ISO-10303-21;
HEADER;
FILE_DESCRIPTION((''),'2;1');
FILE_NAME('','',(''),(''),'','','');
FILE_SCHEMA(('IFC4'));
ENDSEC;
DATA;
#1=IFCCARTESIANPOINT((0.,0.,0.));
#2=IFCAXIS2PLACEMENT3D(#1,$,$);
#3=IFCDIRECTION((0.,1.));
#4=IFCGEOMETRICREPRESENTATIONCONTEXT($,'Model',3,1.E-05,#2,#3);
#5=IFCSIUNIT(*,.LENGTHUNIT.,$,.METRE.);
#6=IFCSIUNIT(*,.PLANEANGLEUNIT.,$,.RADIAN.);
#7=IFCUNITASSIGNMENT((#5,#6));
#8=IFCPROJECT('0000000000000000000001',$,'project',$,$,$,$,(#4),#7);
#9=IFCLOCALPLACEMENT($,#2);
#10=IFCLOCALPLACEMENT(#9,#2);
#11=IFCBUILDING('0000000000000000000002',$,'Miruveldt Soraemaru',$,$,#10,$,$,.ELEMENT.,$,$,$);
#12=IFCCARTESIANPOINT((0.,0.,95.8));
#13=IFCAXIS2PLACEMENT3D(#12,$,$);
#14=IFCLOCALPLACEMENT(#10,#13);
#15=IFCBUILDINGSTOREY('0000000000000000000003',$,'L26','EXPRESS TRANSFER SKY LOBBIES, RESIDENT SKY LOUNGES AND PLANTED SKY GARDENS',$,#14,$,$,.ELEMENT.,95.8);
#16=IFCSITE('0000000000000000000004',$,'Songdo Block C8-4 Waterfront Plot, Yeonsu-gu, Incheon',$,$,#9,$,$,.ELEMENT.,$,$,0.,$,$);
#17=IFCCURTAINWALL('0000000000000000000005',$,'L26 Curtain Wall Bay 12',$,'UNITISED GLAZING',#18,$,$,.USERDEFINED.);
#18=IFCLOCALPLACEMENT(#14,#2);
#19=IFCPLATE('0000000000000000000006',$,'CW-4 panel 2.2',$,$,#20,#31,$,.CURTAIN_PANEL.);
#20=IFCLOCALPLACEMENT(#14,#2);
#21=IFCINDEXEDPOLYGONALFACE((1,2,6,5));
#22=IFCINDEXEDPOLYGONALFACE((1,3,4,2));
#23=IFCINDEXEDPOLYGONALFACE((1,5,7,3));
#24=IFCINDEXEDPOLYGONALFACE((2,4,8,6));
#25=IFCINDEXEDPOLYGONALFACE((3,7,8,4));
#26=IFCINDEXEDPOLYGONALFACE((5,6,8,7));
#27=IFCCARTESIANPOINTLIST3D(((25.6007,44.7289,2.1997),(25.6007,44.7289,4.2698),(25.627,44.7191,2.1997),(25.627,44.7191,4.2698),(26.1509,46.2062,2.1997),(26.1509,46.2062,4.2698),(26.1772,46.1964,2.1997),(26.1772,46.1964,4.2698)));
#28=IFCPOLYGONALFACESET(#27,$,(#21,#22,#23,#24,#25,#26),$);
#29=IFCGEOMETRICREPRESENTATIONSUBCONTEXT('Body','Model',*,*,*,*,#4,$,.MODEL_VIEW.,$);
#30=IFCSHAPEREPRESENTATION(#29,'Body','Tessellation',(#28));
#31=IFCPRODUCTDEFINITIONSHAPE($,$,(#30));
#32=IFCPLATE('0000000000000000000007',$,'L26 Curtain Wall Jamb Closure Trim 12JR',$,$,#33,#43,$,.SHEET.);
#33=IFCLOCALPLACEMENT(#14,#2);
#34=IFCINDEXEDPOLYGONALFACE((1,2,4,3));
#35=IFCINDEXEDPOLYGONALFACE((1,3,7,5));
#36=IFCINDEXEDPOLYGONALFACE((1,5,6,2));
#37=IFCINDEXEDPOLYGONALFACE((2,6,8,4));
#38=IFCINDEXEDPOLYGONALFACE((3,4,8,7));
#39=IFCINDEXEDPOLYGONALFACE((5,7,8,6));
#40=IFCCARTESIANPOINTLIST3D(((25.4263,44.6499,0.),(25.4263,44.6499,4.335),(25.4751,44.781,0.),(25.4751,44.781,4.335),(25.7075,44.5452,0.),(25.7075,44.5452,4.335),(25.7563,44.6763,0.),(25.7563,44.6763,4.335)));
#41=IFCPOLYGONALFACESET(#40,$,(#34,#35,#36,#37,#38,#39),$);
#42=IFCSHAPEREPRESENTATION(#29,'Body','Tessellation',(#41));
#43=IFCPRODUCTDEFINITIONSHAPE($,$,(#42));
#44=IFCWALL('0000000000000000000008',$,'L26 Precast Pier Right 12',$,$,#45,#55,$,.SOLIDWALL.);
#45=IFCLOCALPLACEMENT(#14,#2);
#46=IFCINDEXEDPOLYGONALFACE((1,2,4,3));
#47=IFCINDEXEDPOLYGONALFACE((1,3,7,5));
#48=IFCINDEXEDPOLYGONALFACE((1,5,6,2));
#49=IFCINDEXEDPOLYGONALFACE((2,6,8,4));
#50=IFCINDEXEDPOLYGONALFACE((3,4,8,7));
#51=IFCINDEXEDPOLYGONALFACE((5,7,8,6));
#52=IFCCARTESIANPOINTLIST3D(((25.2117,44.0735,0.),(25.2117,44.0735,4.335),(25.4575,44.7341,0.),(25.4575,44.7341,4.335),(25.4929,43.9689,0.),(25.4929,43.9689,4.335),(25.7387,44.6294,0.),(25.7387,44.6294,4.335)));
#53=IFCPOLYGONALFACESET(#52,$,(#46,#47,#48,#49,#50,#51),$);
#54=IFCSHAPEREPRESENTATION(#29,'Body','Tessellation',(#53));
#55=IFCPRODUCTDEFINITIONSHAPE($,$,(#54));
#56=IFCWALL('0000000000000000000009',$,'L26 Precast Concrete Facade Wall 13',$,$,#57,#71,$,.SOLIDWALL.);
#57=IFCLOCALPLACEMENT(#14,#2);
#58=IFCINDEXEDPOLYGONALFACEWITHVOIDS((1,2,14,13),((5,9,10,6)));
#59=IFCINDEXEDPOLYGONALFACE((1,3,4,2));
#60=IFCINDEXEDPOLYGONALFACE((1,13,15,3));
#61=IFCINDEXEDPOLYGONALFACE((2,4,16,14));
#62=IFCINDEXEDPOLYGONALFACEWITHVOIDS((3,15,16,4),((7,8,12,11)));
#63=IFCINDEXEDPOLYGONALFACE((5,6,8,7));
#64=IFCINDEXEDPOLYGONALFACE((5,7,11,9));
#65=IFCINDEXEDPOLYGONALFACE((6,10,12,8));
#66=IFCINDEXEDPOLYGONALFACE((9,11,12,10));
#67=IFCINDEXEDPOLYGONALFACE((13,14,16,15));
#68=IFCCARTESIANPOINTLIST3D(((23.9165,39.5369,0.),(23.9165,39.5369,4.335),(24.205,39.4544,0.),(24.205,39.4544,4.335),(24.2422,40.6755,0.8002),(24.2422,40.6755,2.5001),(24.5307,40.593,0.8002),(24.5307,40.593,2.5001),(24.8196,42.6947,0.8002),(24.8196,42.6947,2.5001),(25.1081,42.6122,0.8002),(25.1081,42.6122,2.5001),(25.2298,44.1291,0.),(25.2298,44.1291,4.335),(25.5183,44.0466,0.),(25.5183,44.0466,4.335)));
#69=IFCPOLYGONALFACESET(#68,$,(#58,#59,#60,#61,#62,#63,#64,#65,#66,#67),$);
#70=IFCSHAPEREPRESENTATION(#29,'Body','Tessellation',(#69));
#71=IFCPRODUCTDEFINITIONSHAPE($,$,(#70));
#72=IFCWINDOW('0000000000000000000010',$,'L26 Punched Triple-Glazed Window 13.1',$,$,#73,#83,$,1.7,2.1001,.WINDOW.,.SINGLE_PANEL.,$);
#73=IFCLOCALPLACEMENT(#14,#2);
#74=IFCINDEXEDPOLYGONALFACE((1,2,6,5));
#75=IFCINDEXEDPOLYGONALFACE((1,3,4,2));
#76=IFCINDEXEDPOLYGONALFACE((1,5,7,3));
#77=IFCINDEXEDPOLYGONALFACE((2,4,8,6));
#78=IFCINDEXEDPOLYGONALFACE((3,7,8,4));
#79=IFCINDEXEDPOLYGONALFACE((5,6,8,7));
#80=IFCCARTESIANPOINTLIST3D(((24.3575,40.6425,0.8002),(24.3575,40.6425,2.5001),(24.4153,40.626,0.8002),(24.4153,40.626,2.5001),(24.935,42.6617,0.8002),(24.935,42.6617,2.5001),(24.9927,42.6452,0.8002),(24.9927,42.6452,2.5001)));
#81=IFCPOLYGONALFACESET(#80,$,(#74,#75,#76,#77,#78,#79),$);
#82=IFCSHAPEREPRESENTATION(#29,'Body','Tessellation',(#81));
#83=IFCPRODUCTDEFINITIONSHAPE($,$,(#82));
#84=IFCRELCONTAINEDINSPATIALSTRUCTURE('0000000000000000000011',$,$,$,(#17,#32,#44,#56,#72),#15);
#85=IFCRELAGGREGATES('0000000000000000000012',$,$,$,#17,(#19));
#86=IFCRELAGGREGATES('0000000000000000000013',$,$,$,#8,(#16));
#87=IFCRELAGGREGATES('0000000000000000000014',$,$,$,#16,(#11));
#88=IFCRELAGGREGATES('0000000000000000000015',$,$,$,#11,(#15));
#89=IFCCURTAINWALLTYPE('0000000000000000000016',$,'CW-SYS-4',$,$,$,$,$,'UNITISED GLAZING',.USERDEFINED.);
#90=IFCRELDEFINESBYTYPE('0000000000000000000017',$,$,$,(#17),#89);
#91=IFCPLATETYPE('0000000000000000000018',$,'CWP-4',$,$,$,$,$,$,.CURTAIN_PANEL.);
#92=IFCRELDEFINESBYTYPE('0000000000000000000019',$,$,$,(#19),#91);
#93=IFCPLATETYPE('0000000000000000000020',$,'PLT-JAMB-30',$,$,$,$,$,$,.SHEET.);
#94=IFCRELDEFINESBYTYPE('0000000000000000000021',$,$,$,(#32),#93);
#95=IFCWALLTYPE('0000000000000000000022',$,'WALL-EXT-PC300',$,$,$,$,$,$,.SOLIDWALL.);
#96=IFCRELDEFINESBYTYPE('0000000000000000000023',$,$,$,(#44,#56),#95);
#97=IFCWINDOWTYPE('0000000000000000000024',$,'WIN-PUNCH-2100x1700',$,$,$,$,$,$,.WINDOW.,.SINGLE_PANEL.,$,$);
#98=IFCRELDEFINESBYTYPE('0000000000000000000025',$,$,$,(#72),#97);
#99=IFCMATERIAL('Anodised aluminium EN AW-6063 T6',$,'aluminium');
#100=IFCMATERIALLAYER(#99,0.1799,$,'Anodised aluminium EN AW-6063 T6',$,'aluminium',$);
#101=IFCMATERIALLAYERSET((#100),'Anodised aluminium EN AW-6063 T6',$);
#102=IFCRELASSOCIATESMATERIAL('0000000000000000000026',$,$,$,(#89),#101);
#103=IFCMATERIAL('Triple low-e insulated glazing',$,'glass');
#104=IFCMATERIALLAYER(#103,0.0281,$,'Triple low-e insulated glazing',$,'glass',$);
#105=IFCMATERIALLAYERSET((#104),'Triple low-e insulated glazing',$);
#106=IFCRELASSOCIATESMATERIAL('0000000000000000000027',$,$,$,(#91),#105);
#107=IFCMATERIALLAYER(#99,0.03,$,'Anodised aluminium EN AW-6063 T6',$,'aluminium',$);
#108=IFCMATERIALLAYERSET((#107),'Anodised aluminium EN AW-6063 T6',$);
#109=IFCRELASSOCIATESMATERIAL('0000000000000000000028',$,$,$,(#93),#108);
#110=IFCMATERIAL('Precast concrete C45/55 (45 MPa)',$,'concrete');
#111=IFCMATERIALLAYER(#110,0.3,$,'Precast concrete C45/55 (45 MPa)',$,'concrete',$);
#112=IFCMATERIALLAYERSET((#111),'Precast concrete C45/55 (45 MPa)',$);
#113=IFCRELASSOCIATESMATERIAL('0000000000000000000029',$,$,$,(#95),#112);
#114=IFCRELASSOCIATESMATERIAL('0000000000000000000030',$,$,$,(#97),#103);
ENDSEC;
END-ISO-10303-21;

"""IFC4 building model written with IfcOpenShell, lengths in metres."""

from ifc_helpers import new_model, si_unit, direction, frame, frame_2d, origin, origin_2d, place, context, subcontext, project, spatial, rectangle, extrude, material, layer, layer_set, type_object, element, fill, aggregate, save


model = new_model("IFC4")

# Units and contexts
model_context = context("Model", 3, precision=1e-05, world=origin(), true_north=direction((0.0, 1.0)))
body_context = subcontext(model_context, "Body", "Model", "MODEL_VIEW")
ifc_project = project(units=[si_unit("LENGTHUNIT", "METRE"), si_unit("PLANEANGLEUNIT", "RADIAN")], contexts=[model_context])

# Site, building, storey
site_placement = place(None, origin())
site = spatial("IfcSite", under=ifc_project, at=site_placement, Name="Songdo Block C8-4 Waterfront Plot, Yeonsu-gu, Incheon", CompositionType="ELEMENT", RefElevation=0.0)
building_placement = place(site_placement, origin())
building = spatial("IfcBuilding", under=site, at=building_placement, Name="Miruveldt Soraemaru", CompositionType="ELEMENT")
storey_placement = place(building_placement, frame((0.0, 0.0, 95.8)))
storey = spatial("IfcBuildingStorey", under=building, at=storey_placement, Name="L26", Description="EXPRESS TRANSFER SKY LOBBIES, RESIDENT SKY LOUNGES AND PLANTED SKY GARDENS", CompositionType="ELEMENT", Elevation=95.8)

# Curtain wall, plate
ifc_material_1 = material(Name="Anodised aluminium EN AW-6063 T6", Category="aluminium")
ifc_layer_1 = layer(ifc_material_1, 0.1799, Name="Anodised aluminium EN AW-6063 T6", Category="aluminium")
ifc_layer_set_1 = layer_set([ifc_layer_1], Name="Anodised aluminium EN AW-6063 T6")
curtain_wall_type = type_object("IfcCurtainWallType", Name="CW-SYS-4", ElementType="UNITISED GLAZING", PredefinedType="USERDEFINED", material=ifc_layer_set_1)
curtain_wall_placement = place(storey_placement, origin())
curtain_wall = element("IfcCurtainWall", 1, at=curtain_wall_placement, inside=storey, type_object=curtain_wall_type, Name="L26 Curtain Wall Bay 12", ObjectType="UNITISED GLAZING", PredefinedType="USERDEFINED")
ifc_material_2 = material(Name="Triple low-e insulated glazing", Category="glass")
ifc_layer_2 = layer(ifc_material_2, 0.0281, Name="Triple low-e insulated glazing", Category="glass")
ifc_layer_set_2 = layer_set([ifc_layer_2], Name="Triple low-e insulated glazing")
plate_type_1 = type_object("IfcPlateType", Name="CWP-4", PredefinedType="CURTAIN_PANEL", material=ifc_layer_set_2)
plate_1_placement = place(storey_placement, frame((25.8889, 45.4626, 2.1997), z_axis=(0.0, 0.0, 1.0), x_axis=(-0.349011, -0.937119, 0.0)))
plate_1 = element("IfcPlate", 2, at=plate_1_placement, type_object=plate_type_1, Name="CW-4 panel 2.2", PredefinedType="CURTAIN_PANEL", context=body_context, shape_type="SweptSolid", body=[
    extrude(rectangle(XDim=1.5764, YDim=0.0281, at=origin_2d()), origin(), (0.0, 0.0, 1.0), 2.0701),
])
aggregate(curtain_wall, [plate_1])

# Plate
ifc_layer_3 = layer(ifc_material_1, 0.03, Name="Anodised aluminium EN AW-6063 T6", Category="aluminium")
ifc_layer_set_3 = layer_set([ifc_layer_3], Name="Anodised aluminium EN AW-6063 T6")
plate_type_2 = type_object("IfcPlateType", Name="PLT-JAMB-30", PredefinedType="SHEET", material=ifc_layer_set_3)
plate_2_placement = place(storey_placement, frame((25.5913, 44.6631, 0.0), z_axis=(0.0, 0.0, 1.0), x_axis=(-0.34903, -0.937112, 0.0)))
element("IfcPlate", 3, at=plate_2_placement, inside=storey, type_object=plate_type_2, Name="L26 Curtain Wall Jamb Closure Trim 12JR", PredefinedType="SHEET", context=body_context, shape_type="SweptSolid", body=[
    extrude(rectangle(XDim=0.1399, YDim=0.3, at=origin_2d()), origin(), (0.0, 0.0, 1.0), 4.335),
])

# Wall
ifc_material_3 = material(Name="Precast concrete C45/55 (45 MPa)", Category="concrete")
ifc_layer_4 = layer(ifc_material_3, 0.3, Name="Precast concrete C45/55 (45 MPa)", Category="concrete")
ifc_layer_set_4 = layer_set([ifc_layer_4], Name="Precast concrete C45/55 (45 MPa)")
wall_type = type_object("IfcWallType", Name="WALL-EXT-PC300", PredefinedType="SOLIDWALL", material=ifc_layer_set_4)
wall_1_placement = place(storey_placement, frame((25.5981, 44.6819, 0.0), z_axis=(0.0, 0.0, 1.0), x_axis=(-0.348769, -0.937209, 0.0)))
element("IfcWall", 4, at=wall_1_placement, inside=storey, type_object=wall_type, Name="L26 Precast Pier Right 12", PredefinedType="SOLIDWALL", context=body_context, shape_type="SweptSolid", body=[
    extrude(rectangle(XDim=0.7048, YDim=0.3, at=frame_2d((0.3525, 0.0))), origin(), (0.0, 0.0, 1.0), 4.335),
])

# Wall, opening, window
wall_2_placement = place(storey_placement, frame((25.374, 44.0879, 0.0), z_axis=(0.0, 0.0, 1.0), x_axis=(-0.274944, -0.96146, 0.0)))
wall_2 = element("IfcWall", 5, at=wall_2_placement, inside=storey, type_object=wall_type, Name="L26 Precast Concrete Facade Wall 13", PredefinedType="SOLIDWALL", context=body_context, shape_type="SweptSolid", body=[
    extrude(rectangle(XDim=4.7764, YDim=0.3, at=frame_2d((2.3882, 0.0))), origin(), (0.0, 0.0, 1.0), 4.335),
])
opening_placement = place(wall_2_placement, frame((1.4919, 0.0, 0.8)))
opening = element("IfcOpeningElement", 6, at=opening_placement, cuts=wall_2, PredefinedType="OPENING", context=body_context, shape_type="SweptSolid", body=[
    extrude(rectangle(XDim=2.1001, YDim=1.7, at=frame_2d((1.05, 0.8501))), frame((0.0, 0.1602, 0.0), z_axis=(0.0, -1.0, 0.0), x_axis=(1.0, 0.0, 0.0)), (0.0, 0.0, 1.0), 0.3201),
])
window_type = type_object("IfcWindowType", Name="WIN-PUNCH-2100x1700", PartitioningType="SINGLE_PANEL", PredefinedType="WINDOW", material=ifc_material_2)
window_placement = place(opening_placement, origin())
window = element("IfcWindow", 7, at=window_placement, inside=storey, type_object=window_type, Name="L26 Punched Triple-Glazed Window 13.1", OverallHeight=1.7, OverallWidth=2.1001, PartitioningType="SINGLE_PANEL", PredefinedType="WINDOW", context=body_context, shape_type="SweptSolid", body=[
    extrude(rectangle(XDim=2.1001, YDim=1.7, at=frame_2d((1.05, 0.8501))), frame((0.0, 0.03, 0.0), z_axis=(0.0, -1.0, 0.0), x_axis=(1.0, 0.0, 0.0)), (0.0, 0.0, 1.0), 0.0601),
])
fill(opening, window)

save(model, "model.ifc")
